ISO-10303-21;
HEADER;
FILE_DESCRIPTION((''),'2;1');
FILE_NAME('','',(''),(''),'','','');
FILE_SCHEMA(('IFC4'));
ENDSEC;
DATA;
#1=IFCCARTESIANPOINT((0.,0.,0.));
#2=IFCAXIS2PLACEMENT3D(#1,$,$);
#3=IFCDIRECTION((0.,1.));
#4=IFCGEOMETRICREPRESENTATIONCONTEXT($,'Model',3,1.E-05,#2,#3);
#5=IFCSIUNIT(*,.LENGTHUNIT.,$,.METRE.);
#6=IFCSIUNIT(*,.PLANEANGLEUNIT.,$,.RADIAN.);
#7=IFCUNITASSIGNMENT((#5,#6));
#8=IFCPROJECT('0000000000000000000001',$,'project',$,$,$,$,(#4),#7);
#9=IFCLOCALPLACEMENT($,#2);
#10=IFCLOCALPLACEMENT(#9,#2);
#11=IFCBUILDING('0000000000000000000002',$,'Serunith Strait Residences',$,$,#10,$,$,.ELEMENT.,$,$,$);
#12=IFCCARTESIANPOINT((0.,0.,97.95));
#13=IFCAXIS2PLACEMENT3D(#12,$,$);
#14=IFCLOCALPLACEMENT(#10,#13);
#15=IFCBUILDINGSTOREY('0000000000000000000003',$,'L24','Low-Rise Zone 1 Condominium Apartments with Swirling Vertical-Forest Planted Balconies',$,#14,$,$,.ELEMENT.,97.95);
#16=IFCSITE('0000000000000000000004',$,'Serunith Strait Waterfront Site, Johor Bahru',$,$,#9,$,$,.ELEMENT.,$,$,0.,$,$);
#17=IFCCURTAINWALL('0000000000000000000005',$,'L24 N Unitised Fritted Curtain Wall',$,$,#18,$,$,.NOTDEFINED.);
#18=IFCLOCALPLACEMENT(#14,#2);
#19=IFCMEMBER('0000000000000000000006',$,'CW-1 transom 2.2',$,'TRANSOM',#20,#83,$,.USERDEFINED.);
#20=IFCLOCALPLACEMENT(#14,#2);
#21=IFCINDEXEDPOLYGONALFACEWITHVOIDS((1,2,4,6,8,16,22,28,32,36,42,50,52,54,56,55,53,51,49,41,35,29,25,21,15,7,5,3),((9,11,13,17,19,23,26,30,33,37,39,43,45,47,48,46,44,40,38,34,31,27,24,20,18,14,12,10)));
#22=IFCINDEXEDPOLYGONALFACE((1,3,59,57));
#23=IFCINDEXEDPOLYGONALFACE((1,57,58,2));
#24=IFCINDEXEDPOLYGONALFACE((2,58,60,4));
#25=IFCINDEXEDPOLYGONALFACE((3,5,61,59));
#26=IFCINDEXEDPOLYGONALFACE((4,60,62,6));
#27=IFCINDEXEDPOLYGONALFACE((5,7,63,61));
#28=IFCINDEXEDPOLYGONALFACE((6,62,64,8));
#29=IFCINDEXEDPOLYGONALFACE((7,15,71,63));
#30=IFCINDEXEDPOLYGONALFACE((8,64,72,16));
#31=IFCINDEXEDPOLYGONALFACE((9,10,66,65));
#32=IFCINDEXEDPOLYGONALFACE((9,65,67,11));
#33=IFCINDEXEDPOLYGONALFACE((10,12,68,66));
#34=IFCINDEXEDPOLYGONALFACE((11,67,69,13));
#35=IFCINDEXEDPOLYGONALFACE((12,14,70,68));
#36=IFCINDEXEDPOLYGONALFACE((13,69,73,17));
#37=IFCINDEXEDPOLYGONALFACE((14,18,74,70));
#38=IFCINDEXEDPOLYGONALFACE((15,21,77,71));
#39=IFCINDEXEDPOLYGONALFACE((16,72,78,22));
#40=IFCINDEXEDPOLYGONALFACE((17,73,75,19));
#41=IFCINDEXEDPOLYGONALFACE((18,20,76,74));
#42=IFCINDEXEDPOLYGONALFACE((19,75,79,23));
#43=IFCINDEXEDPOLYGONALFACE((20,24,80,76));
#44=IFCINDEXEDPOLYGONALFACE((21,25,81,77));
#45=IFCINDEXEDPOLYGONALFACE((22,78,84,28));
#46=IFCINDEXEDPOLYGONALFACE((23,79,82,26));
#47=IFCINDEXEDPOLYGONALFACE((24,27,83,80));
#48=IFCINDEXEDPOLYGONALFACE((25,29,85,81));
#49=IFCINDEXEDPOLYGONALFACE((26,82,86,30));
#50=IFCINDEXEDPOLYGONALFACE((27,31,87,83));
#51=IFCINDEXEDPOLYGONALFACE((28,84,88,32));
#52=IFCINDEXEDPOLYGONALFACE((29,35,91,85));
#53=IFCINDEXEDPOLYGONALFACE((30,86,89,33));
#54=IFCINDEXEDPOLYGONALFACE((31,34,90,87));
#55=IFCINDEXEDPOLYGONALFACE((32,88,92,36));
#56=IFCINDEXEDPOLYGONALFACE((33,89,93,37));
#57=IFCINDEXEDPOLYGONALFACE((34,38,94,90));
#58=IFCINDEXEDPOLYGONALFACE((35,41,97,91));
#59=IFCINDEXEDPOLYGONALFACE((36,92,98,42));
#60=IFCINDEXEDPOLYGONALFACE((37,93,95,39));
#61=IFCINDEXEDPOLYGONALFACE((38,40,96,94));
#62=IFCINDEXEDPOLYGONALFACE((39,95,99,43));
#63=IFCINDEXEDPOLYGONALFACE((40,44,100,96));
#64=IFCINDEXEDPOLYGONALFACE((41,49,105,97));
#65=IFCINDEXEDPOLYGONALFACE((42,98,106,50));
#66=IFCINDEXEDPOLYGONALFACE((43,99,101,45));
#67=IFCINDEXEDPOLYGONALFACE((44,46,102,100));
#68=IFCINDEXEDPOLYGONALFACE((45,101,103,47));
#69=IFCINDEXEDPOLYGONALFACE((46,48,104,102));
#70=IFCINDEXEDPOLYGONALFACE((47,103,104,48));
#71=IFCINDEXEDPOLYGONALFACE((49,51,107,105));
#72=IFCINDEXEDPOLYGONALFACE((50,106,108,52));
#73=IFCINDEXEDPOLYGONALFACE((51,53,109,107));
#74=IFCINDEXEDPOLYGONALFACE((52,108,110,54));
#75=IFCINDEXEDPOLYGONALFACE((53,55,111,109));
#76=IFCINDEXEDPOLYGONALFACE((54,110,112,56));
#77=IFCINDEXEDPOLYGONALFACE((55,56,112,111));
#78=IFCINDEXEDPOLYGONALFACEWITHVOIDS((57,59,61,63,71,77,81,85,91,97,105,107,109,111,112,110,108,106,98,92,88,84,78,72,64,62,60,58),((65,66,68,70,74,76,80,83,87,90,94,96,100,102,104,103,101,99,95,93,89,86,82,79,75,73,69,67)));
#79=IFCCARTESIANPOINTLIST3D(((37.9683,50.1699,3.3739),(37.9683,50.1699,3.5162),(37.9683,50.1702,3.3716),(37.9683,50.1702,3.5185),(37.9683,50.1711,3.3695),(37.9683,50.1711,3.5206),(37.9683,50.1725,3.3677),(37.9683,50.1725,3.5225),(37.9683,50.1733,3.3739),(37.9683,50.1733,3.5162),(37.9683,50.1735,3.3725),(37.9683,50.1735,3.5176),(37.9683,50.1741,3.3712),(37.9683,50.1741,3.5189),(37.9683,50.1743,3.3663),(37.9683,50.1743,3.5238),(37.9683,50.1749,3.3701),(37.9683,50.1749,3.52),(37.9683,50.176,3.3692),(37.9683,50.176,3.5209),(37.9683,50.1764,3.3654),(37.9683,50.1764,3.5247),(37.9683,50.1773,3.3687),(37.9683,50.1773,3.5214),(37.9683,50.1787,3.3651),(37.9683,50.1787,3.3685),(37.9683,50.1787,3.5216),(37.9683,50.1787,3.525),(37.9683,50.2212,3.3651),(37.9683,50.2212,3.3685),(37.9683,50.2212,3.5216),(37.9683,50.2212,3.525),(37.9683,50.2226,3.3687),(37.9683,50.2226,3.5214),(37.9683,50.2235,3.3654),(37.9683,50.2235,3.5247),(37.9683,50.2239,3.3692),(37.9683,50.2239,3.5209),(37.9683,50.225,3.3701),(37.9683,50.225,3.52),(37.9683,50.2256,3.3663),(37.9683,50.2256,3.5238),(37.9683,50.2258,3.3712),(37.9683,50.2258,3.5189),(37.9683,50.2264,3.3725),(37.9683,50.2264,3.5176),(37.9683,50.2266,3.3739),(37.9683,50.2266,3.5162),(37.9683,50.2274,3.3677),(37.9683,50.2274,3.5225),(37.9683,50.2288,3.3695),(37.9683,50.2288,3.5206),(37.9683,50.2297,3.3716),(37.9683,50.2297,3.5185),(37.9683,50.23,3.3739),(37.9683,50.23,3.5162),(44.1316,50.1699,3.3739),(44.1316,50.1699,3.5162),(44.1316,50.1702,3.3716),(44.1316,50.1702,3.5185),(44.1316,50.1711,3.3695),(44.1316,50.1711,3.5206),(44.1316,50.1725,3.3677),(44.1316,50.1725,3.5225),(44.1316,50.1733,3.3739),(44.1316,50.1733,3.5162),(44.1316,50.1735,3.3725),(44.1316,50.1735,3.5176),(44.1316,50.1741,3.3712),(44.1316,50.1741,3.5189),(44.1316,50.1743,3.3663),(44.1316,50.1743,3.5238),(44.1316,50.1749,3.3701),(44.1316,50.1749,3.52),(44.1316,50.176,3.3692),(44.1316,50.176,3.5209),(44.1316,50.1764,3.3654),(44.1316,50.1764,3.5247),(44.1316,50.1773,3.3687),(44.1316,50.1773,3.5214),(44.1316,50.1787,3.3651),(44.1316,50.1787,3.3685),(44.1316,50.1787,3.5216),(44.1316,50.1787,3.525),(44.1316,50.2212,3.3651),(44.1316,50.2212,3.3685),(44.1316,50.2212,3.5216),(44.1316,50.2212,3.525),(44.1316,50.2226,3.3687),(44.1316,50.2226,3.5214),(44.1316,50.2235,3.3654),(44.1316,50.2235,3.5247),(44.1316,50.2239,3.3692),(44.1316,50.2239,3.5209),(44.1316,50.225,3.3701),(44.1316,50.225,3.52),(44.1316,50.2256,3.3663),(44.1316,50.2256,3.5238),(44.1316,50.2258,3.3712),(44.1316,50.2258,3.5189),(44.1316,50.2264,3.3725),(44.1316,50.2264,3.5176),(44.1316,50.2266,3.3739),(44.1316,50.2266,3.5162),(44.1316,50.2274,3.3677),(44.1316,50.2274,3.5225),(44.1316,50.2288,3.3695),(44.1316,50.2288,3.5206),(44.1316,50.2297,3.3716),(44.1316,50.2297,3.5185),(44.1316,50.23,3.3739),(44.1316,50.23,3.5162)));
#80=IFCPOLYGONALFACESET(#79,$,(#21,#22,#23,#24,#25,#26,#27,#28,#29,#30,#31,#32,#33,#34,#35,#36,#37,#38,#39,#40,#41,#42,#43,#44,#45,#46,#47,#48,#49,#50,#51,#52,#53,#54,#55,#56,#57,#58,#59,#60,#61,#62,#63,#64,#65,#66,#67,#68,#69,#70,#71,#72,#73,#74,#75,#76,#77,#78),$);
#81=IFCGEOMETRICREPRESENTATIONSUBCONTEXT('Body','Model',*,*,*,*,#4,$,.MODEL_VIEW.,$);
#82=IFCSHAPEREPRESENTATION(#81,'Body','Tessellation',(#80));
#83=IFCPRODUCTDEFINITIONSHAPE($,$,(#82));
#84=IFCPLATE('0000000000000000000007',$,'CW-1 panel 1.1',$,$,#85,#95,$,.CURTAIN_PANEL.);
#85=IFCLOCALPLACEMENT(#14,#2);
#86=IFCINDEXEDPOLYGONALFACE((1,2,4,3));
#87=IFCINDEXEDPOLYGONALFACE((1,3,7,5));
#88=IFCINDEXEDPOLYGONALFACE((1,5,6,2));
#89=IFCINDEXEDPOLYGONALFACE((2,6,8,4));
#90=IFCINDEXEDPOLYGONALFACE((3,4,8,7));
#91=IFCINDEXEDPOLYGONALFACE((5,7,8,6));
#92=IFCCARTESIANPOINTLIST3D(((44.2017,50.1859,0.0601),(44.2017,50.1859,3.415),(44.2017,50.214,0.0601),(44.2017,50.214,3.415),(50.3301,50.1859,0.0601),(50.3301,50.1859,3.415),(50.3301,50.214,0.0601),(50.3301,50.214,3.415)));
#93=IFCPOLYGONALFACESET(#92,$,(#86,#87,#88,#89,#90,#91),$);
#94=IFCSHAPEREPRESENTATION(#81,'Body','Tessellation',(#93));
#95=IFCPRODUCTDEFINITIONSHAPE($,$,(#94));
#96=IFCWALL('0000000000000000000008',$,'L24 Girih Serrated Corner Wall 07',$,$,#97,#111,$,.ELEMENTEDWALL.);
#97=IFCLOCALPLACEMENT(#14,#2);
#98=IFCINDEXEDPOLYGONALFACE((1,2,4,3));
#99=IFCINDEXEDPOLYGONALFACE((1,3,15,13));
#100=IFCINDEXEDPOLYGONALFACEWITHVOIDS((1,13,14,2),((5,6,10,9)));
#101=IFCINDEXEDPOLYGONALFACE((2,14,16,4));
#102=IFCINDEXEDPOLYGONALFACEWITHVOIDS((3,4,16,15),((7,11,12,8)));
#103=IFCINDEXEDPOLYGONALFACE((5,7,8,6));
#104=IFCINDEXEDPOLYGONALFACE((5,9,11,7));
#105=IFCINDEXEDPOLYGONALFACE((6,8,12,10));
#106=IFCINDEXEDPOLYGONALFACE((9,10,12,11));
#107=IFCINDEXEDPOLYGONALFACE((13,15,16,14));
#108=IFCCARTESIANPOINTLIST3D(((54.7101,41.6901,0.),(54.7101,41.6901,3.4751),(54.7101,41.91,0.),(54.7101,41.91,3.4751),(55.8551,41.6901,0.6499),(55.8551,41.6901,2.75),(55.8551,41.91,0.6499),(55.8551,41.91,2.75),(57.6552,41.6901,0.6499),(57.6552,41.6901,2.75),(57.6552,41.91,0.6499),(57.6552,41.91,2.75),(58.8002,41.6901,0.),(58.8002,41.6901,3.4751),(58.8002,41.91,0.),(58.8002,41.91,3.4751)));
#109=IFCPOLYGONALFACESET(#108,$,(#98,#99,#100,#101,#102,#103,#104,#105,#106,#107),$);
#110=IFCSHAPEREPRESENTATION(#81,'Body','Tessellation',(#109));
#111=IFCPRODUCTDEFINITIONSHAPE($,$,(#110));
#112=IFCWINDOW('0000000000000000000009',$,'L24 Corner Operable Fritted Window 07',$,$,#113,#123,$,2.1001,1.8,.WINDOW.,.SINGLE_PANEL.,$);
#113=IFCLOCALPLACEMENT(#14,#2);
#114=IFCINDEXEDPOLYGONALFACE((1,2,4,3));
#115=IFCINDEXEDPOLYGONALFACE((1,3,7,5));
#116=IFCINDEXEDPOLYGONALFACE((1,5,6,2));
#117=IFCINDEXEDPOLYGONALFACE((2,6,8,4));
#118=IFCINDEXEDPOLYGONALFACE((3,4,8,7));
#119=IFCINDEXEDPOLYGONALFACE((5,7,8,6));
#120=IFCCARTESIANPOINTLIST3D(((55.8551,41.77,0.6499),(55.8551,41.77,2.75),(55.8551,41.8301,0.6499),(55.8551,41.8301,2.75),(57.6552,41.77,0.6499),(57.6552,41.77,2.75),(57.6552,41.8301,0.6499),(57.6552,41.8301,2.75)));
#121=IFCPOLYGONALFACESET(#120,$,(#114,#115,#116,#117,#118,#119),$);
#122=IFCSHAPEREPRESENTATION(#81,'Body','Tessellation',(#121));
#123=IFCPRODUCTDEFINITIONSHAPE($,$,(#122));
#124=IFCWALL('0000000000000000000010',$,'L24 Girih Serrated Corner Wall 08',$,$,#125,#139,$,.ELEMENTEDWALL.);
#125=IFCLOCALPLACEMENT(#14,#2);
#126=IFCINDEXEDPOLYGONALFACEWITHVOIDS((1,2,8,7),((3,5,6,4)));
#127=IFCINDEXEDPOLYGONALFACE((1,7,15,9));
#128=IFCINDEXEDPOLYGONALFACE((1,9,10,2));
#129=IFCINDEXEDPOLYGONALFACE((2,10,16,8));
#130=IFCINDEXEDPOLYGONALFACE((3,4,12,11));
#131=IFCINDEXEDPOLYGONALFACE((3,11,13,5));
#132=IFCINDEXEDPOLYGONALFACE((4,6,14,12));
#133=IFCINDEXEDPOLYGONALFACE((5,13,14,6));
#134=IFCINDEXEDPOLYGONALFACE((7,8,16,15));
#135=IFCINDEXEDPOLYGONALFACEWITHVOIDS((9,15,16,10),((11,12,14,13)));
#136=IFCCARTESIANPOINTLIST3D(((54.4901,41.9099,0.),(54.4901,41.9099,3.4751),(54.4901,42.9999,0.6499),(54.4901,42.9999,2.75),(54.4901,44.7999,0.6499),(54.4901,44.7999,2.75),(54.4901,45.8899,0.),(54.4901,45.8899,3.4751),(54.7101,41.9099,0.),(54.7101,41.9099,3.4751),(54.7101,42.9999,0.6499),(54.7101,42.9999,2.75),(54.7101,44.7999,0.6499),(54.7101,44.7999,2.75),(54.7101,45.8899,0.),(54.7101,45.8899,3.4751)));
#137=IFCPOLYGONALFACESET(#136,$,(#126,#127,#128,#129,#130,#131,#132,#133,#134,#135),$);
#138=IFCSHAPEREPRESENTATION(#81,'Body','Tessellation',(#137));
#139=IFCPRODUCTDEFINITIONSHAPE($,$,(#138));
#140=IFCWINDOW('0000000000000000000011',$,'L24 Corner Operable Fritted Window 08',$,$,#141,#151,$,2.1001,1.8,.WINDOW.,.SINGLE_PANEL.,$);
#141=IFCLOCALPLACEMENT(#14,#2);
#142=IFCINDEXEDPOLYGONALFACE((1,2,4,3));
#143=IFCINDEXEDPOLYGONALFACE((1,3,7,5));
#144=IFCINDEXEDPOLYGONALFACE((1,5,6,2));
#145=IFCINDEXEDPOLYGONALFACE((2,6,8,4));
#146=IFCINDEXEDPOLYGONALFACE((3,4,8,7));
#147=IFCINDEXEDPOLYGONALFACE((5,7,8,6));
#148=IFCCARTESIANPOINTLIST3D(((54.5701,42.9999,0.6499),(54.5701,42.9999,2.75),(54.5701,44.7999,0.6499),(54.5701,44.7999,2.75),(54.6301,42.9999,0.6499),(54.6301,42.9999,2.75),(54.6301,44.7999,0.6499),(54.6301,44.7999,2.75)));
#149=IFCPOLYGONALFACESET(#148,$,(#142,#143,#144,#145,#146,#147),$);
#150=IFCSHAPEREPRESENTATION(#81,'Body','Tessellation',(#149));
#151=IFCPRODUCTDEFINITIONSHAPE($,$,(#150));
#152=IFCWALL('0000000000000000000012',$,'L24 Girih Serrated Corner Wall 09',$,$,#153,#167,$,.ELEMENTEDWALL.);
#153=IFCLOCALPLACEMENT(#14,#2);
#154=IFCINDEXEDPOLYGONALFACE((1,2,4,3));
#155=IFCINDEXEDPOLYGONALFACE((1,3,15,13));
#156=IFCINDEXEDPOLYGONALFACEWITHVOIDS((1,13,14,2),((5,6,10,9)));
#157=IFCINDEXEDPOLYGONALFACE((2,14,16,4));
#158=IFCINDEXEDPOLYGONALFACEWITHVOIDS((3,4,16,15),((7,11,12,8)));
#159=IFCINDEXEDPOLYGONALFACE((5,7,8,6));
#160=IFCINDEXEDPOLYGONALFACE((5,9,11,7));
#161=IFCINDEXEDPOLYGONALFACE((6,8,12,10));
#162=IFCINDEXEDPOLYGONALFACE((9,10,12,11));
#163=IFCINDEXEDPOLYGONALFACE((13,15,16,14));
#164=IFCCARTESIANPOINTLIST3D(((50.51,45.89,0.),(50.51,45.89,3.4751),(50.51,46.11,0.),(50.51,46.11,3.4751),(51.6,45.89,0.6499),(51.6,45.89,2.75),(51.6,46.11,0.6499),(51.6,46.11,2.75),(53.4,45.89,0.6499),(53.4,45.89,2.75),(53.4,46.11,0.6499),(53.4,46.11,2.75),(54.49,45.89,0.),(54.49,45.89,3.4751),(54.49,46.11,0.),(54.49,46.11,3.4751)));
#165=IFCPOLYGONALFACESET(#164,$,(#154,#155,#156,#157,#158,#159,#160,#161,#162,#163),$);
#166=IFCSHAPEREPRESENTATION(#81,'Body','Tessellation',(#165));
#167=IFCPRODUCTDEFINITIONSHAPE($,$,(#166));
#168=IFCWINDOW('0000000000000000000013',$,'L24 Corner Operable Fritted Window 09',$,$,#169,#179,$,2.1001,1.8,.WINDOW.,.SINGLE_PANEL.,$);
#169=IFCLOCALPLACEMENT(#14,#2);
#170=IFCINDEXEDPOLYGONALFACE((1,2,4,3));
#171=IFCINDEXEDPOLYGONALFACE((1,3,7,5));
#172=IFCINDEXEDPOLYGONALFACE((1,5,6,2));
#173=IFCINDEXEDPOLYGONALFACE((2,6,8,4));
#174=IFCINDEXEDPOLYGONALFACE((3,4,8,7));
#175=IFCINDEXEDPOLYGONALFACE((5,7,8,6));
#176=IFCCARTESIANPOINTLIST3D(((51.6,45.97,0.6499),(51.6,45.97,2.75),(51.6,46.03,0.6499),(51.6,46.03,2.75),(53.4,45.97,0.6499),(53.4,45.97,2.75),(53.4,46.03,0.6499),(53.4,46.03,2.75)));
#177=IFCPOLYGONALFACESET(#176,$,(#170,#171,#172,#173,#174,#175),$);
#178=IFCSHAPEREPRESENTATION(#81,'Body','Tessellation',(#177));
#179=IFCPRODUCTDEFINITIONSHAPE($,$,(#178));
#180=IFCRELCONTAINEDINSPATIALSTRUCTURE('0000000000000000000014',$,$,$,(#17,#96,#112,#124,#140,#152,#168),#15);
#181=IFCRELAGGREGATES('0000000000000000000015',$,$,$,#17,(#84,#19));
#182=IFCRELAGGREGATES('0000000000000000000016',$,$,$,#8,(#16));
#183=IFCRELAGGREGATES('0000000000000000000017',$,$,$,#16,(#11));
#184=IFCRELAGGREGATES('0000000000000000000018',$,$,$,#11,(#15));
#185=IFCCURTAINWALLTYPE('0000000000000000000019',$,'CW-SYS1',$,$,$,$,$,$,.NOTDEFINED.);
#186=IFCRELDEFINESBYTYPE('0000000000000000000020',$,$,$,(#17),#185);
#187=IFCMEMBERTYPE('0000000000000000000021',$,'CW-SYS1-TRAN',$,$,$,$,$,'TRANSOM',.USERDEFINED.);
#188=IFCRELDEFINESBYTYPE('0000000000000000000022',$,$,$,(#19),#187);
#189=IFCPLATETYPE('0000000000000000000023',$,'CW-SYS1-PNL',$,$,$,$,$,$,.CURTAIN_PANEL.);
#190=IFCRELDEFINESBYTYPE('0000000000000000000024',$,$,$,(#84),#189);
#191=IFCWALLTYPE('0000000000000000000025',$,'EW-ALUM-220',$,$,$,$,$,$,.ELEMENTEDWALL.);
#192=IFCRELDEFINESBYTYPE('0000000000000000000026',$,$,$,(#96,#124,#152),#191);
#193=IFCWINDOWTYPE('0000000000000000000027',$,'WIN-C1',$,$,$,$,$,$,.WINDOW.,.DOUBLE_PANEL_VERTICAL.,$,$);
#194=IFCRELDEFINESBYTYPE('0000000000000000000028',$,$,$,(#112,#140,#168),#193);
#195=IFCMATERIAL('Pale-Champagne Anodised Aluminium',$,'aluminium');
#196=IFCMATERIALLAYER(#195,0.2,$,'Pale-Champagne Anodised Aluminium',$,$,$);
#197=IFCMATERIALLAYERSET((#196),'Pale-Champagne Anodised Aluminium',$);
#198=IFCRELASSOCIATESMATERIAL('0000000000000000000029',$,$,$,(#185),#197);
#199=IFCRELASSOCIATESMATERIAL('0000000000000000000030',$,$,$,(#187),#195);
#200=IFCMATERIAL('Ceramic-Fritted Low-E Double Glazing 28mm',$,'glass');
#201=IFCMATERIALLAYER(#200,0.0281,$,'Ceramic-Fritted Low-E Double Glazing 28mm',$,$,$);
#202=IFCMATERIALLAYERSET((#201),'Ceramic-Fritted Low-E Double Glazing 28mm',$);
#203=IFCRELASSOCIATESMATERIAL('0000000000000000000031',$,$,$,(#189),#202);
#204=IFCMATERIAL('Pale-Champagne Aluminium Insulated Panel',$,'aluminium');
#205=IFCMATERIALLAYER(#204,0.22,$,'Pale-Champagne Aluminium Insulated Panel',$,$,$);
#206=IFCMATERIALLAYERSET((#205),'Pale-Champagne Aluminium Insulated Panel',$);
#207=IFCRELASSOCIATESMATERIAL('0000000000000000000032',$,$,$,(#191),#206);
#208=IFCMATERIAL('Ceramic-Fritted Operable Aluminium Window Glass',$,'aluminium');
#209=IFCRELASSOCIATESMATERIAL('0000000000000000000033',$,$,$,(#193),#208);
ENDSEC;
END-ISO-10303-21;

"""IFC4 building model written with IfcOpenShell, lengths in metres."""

from ifc_helpers import new_model, si_unit, direction, frame, frame_2d, origin, origin_2d, place, context, subcontext, project, spatial, rectangle, hollow_rectangle, extrude, source, transform, mapped, material, layer, layer_set, material_profile, profile_set, type_object, element, fill, aggregate, save


model = new_model("IFC4")

# Units and contexts
model_context = context("Model", 3, precision=1e-05, world=origin(), true_north=direction((0.0, 1.0)))
body_context = subcontext(model_context, "Body", "Model", "MODEL_VIEW")
ifc_project = project(units=[si_unit("LENGTHUNIT", "METRE"), si_unit("PLANEANGLEUNIT", "RADIAN")], contexts=[model_context])

# Site, building, storey
site_placement = place(None, origin())
site = spatial("IfcSite", under=ifc_project, at=site_placement, Name="Serunith Strait Waterfront Site, Johor Bahru", CompositionType="ELEMENT", RefElevation=0.0)
building_placement = place(site_placement, origin())
building = spatial("IfcBuilding", under=site, at=building_placement, Name="Serunith Strait Residences", CompositionType="ELEMENT")
storey_placement = place(building_placement, frame((0.0, 0.0, 97.95)))
storey = spatial("IfcBuildingStorey", under=building, at=storey_placement, Name="L24", Description="Low-Rise Zone 1 Condominium Apartments with Swirling Vertical-Forest Planted Balconies", CompositionType="ELEMENT", Elevation=97.95)

# Shared definitions
ifc_material_1 = material(Name="Pale-Champagne Anodised Aluminium", Category="aluminium")
ifc_layer_1 = layer(ifc_material_1, 0.2, Name="Pale-Champagne Anodised Aluminium")
ifc_layer_set_1 = layer_set([ifc_layer_1], Name="Pale-Champagne Anodised Aluminium")
curtain_wall_type = type_object("IfcCurtainWallType", Name="CW-SYS1", PredefinedType="NOTDEFINED", material=ifc_layer_set_1)

# Curtain wall, member, plate
curtain_wall_1_placement = place(storey_placement, origin())
curtain_wall_1 = element("IfcCurtainWall", 1, at=curtain_wall_1_placement, inside=storey, type_object=curtain_wall_type, Name="L24 N Unitised Fritted Curtain Wall", PredefinedType="NOTDEFINED")
ifc_material_profile_1 = material_profile(ifc_material_1, hollow_rectangle(XDim=0.0601, YDim=0.1599, WallThickness=0.0034, InnerFilletRadius=0.0054, OuterFilletRadius=0.0088, at=origin_2d()), Name="ALU 160x60x3.5")
ifc_profile_set_1 = profile_set([ifc_material_profile_1], Name="Pale-Champagne Anodised Aluminium")
member_type_1 = type_object("IfcMemberType", Name="CW-SYS1-TRAN", ElementType="TRANSOM", PredefinedType="USERDEFINED", material=ifc_profile_set_1)
shared_shape_1 = source(origin(), body_context, "Body", "SweptSolid", [
    extrude(hollow_rectangle(XDim=0.0601, YDim=0.1599, WallThickness=0.0034, InnerFilletRadius=0.0054, OuterFilletRadius=0.0088, at=origin_2d()), origin(), (0.0, 0.0, 1.0), 6.1633),
])
member_1_placement = place(storey_placement, frame((44.1316, 50.2, 3.4451), z_axis=(-1.0, 0.0, 0.0), x_axis=(0.0, -1.0, 0.0)))
member_1 = element("IfcMember", 2, at=member_1_placement, type_object=member_type_1, Name="CW-1 transom 2.2", ObjectType="TRANSOM", PredefinedType="USERDEFINED", context=body_context, shape_type="MappedRepresentation", body=[
    mapped(shared_shape_1, transform((0.0, 0.0, 0.0), scale=1.0)),
])
ifc_material_2 = material(Name="Ceramic-Fritted Low-E Double Glazing 28mm", Category="glass")
ifc_layer_2 = layer(ifc_material_2, 0.0281, Name="Ceramic-Fritted Low-E Double Glazing 28mm")
ifc_layer_set_2 = layer_set([ifc_layer_2], Name="Ceramic-Fritted Low-E Double Glazing 28mm")
plate_type = type_object("IfcPlateType", Name="CW-SYS1-PNL", PredefinedType="CURTAIN_PANEL", material=ifc_layer_set_2)
shared_shape_2 = source(origin(), body_context, "Body", "SweptSolid", [
    extrude(rectangle(XDim=6.1284, YDim=0.0281, at=origin_2d()), origin(), (0.0, 0.0, 1.0), 3.355),
])
plate_placement = place(storey_placement, frame((47.2659, 50.2, 0.0601), z_axis=(0.0, 0.0, 1.0), x_axis=(-1.0, 0.0, 0.0)))
plate = element("IfcPlate", 3, at=plate_placement, type_object=plate_type, Name="CW-1 panel 1.1", PredefinedType="CURTAIN_PANEL", context=body_context, shape_type="MappedRepresentation", body=[
    mapped(shared_shape_2, transform((0.0, 0.0, 0.0), scale=1.0)),
])
aggregate(curtain_wall_1, [plate, member_1])

# Walls, openings, windows
ifc_material_3 = material(Name="Pale-Champagne Aluminium Insulated Panel", Category="aluminium")
ifc_layer_3 = layer(ifc_material_3, 0.22, Name="Pale-Champagne Aluminium Insulated Panel")
ifc_layer_set_3 = layer_set([ifc_layer_3], Name="Pale-Champagne Aluminium Insulated Panel")
wall_type_1 = type_object("IfcWallType", Name="EW-ALUM-220", PredefinedType="ELEMENTEDWALL", material=ifc_layer_set_3)
wall_1_placement = place(storey_placement, frame((58.8, 41.8, 0.0), z_axis=(0.0, 0.0, 1.0), x_axis=(-1.0, 0.0, 0.0)))
wall_1 = element("IfcWall", 4, at=wall_1_placement, inside=storey, type_object=wall_type_1, Name="L24 Girih Serrated Corner Wall 07", PredefinedType="ELEMENTEDWALL", context=body_context, shape_type="SweptSolid", body=[
    extrude(rectangle(XDim=4.0901, YDim=0.22, at=frame_2d((2.0449, 0.0))), origin(), (0.0, 0.0, 1.0), 3.4751),
])
opening_1_placement = place(wall_1_placement, frame((1.145, 0.0, 0.6499)))
opening_1 = element("IfcOpeningElement", 5, at=opening_1_placement, cuts=wall_1, PredefinedType="OPENING", context=body_context, shape_type="SweptSolid", body=[
    extrude(rectangle(XDim=1.8, YDim=2.1001, at=frame_2d((0.8999, 1.05))), frame((0.0, 0.1201, 0.0), z_axis=(0.0, -1.0, 0.0), x_axis=(1.0, 0.0, 0.0)), (0.0, 0.0, 1.0), 0.24),
])
ifc_material_4 = material(Name="Ceramic-Fritted Operable Aluminium Window Glass", Category="aluminium")
window_type = type_object("IfcWindowType", Name="WIN-C1", PartitioningType="DOUBLE_PANEL_VERTICAL", PredefinedType="WINDOW", material=ifc_material_4)
shared_shape_3 = source(origin(), body_context, "Body", "SweptSolid", [
    extrude(rectangle(XDim=1.8, YDim=2.1001, at=frame_2d((0.8999, 1.05))), frame((0.0, 0.03, 0.0), z_axis=(0.0, -1.0, 0.0), x_axis=(1.0, 0.0, 0.0)), (0.0, 0.0, 1.0), 0.0601),
])
window_1_placement = place(opening_1_placement, origin())
window_1 = element("IfcWindow", 6, at=window_1_placement, inside=storey, type_object=window_type, Name="L24 Corner Operable Fritted Window 07", OverallHeight=2.1001, OverallWidth=1.8, PartitioningType="SINGLE_PANEL", PredefinedType="WINDOW", context=body_context, shape_type="MappedRepresentation", body=[
    mapped(shared_shape_3, transform((0.0, 0.0, 0.0), scale=1.0)),
])
fill(opening_1, window_1)
wall_2_placement = place(storey_placement, frame((54.6001, 41.9099, 0.0), z_axis=(0.0, 0.0, 1.0), x_axis=(0.0, 1.0, 0.0)))
wall_2 = element("IfcWall", 7, at=wall_2_placement, inside=storey, type_object=wall_type_1, Name="L24 Girih Serrated Corner Wall 08", PredefinedType="ELEMENTEDWALL", context=body_context, shape_type="SweptSolid", body=[
    extrude(rectangle(XDim=3.98, YDim=0.22, at=frame_2d((1.99, 0.0))), origin(), (0.0, 0.0, 1.0), 3.4751),
])
opening_2_placement = place(wall_2_placement, frame((1.0901, 0.0, 0.6499)))
opening_2 = element("IfcOpeningElement", 8, at=opening_2_placement, cuts=wall_2, PredefinedType="OPENING", context=body_context, shape_type="SweptSolid", body=[
    extrude(rectangle(XDim=1.8, YDim=2.1001, at=frame_2d((0.8999, 1.05))), frame((0.0, 0.1201, 0.0), z_axis=(0.0, -1.0, 0.0), x_axis=(1.0, 0.0, 0.0)), (0.0, 0.0, 1.0), 0.24),
])
window_2_placement = place(opening_2_placement, origin())
window_2 = element("IfcWindow", 9, at=window_2_placement, inside=storey, type_object=window_type, Name="L24 Corner Operable Fritted Window 08", OverallHeight=2.1001, OverallWidth=1.8, PartitioningType="SINGLE_PANEL", PredefinedType="WINDOW", context=body_context, shape_type="MappedRepresentation", body=[
    mapped(shared_shape_3, transform((0.0, 0.0, 0.0), scale=1.0)),
])
fill(opening_2, window_2)
wall_3_placement = place(storey_placement, frame((54.49, 46.0, 0.0), z_axis=(0.0, 0.0, 1.0), x_axis=(-1.0, 0.0, 0.0)))
wall_3 = element("IfcWall", 10, at=wall_3_placement, inside=storey, type_object=wall_type_1, Name="L24 Girih Serrated Corner Wall 09", PredefinedType="ELEMENTEDWALL", context=body_context, shape_type="SweptSolid", body=[
    extrude(rectangle(XDim=3.98, YDim=0.22, at=frame_2d((1.99, 0.0))), origin(), (0.0, 0.0, 1.0), 3.4751),
])
opening_3_placement = place(wall_3_placement, frame((1.0901, 0.0, 0.6499)))
opening_3 = element("IfcOpeningElement", 11, at=opening_3_placement, cuts=wall_3, PredefinedType="OPENING", context=body_context, shape_type="SweptSolid", body=[
    extrude(rectangle(XDim=1.8, YDim=2.1001, at=frame_2d((0.8999, 1.05))), frame((0.0, 0.1201, 0.0), z_axis=(0.0, -1.0, 0.0), x_axis=(1.0, 0.0, 0.0)), (0.0, 0.0, 1.0), 0.24),
])
window_3_placement = place(opening_3_placement, origin())
window_3 = element("IfcWindow", 12, at=window_3_placement, inside=storey, type_object=window_type, Name="L24 Corner Operable Fritted Window 09", OverallHeight=2.1001, OverallWidth=1.8, PartitioningType="SINGLE_PANEL", PredefinedType="WINDOW", context=body_context, shape_type="MappedRepresentation", body=[
    mapped(shared_shape_3, transform((0.0, 0.0, 0.0), scale=1.0)),
])
fill(opening_3, window_3)

save(model, "model.ifc")
